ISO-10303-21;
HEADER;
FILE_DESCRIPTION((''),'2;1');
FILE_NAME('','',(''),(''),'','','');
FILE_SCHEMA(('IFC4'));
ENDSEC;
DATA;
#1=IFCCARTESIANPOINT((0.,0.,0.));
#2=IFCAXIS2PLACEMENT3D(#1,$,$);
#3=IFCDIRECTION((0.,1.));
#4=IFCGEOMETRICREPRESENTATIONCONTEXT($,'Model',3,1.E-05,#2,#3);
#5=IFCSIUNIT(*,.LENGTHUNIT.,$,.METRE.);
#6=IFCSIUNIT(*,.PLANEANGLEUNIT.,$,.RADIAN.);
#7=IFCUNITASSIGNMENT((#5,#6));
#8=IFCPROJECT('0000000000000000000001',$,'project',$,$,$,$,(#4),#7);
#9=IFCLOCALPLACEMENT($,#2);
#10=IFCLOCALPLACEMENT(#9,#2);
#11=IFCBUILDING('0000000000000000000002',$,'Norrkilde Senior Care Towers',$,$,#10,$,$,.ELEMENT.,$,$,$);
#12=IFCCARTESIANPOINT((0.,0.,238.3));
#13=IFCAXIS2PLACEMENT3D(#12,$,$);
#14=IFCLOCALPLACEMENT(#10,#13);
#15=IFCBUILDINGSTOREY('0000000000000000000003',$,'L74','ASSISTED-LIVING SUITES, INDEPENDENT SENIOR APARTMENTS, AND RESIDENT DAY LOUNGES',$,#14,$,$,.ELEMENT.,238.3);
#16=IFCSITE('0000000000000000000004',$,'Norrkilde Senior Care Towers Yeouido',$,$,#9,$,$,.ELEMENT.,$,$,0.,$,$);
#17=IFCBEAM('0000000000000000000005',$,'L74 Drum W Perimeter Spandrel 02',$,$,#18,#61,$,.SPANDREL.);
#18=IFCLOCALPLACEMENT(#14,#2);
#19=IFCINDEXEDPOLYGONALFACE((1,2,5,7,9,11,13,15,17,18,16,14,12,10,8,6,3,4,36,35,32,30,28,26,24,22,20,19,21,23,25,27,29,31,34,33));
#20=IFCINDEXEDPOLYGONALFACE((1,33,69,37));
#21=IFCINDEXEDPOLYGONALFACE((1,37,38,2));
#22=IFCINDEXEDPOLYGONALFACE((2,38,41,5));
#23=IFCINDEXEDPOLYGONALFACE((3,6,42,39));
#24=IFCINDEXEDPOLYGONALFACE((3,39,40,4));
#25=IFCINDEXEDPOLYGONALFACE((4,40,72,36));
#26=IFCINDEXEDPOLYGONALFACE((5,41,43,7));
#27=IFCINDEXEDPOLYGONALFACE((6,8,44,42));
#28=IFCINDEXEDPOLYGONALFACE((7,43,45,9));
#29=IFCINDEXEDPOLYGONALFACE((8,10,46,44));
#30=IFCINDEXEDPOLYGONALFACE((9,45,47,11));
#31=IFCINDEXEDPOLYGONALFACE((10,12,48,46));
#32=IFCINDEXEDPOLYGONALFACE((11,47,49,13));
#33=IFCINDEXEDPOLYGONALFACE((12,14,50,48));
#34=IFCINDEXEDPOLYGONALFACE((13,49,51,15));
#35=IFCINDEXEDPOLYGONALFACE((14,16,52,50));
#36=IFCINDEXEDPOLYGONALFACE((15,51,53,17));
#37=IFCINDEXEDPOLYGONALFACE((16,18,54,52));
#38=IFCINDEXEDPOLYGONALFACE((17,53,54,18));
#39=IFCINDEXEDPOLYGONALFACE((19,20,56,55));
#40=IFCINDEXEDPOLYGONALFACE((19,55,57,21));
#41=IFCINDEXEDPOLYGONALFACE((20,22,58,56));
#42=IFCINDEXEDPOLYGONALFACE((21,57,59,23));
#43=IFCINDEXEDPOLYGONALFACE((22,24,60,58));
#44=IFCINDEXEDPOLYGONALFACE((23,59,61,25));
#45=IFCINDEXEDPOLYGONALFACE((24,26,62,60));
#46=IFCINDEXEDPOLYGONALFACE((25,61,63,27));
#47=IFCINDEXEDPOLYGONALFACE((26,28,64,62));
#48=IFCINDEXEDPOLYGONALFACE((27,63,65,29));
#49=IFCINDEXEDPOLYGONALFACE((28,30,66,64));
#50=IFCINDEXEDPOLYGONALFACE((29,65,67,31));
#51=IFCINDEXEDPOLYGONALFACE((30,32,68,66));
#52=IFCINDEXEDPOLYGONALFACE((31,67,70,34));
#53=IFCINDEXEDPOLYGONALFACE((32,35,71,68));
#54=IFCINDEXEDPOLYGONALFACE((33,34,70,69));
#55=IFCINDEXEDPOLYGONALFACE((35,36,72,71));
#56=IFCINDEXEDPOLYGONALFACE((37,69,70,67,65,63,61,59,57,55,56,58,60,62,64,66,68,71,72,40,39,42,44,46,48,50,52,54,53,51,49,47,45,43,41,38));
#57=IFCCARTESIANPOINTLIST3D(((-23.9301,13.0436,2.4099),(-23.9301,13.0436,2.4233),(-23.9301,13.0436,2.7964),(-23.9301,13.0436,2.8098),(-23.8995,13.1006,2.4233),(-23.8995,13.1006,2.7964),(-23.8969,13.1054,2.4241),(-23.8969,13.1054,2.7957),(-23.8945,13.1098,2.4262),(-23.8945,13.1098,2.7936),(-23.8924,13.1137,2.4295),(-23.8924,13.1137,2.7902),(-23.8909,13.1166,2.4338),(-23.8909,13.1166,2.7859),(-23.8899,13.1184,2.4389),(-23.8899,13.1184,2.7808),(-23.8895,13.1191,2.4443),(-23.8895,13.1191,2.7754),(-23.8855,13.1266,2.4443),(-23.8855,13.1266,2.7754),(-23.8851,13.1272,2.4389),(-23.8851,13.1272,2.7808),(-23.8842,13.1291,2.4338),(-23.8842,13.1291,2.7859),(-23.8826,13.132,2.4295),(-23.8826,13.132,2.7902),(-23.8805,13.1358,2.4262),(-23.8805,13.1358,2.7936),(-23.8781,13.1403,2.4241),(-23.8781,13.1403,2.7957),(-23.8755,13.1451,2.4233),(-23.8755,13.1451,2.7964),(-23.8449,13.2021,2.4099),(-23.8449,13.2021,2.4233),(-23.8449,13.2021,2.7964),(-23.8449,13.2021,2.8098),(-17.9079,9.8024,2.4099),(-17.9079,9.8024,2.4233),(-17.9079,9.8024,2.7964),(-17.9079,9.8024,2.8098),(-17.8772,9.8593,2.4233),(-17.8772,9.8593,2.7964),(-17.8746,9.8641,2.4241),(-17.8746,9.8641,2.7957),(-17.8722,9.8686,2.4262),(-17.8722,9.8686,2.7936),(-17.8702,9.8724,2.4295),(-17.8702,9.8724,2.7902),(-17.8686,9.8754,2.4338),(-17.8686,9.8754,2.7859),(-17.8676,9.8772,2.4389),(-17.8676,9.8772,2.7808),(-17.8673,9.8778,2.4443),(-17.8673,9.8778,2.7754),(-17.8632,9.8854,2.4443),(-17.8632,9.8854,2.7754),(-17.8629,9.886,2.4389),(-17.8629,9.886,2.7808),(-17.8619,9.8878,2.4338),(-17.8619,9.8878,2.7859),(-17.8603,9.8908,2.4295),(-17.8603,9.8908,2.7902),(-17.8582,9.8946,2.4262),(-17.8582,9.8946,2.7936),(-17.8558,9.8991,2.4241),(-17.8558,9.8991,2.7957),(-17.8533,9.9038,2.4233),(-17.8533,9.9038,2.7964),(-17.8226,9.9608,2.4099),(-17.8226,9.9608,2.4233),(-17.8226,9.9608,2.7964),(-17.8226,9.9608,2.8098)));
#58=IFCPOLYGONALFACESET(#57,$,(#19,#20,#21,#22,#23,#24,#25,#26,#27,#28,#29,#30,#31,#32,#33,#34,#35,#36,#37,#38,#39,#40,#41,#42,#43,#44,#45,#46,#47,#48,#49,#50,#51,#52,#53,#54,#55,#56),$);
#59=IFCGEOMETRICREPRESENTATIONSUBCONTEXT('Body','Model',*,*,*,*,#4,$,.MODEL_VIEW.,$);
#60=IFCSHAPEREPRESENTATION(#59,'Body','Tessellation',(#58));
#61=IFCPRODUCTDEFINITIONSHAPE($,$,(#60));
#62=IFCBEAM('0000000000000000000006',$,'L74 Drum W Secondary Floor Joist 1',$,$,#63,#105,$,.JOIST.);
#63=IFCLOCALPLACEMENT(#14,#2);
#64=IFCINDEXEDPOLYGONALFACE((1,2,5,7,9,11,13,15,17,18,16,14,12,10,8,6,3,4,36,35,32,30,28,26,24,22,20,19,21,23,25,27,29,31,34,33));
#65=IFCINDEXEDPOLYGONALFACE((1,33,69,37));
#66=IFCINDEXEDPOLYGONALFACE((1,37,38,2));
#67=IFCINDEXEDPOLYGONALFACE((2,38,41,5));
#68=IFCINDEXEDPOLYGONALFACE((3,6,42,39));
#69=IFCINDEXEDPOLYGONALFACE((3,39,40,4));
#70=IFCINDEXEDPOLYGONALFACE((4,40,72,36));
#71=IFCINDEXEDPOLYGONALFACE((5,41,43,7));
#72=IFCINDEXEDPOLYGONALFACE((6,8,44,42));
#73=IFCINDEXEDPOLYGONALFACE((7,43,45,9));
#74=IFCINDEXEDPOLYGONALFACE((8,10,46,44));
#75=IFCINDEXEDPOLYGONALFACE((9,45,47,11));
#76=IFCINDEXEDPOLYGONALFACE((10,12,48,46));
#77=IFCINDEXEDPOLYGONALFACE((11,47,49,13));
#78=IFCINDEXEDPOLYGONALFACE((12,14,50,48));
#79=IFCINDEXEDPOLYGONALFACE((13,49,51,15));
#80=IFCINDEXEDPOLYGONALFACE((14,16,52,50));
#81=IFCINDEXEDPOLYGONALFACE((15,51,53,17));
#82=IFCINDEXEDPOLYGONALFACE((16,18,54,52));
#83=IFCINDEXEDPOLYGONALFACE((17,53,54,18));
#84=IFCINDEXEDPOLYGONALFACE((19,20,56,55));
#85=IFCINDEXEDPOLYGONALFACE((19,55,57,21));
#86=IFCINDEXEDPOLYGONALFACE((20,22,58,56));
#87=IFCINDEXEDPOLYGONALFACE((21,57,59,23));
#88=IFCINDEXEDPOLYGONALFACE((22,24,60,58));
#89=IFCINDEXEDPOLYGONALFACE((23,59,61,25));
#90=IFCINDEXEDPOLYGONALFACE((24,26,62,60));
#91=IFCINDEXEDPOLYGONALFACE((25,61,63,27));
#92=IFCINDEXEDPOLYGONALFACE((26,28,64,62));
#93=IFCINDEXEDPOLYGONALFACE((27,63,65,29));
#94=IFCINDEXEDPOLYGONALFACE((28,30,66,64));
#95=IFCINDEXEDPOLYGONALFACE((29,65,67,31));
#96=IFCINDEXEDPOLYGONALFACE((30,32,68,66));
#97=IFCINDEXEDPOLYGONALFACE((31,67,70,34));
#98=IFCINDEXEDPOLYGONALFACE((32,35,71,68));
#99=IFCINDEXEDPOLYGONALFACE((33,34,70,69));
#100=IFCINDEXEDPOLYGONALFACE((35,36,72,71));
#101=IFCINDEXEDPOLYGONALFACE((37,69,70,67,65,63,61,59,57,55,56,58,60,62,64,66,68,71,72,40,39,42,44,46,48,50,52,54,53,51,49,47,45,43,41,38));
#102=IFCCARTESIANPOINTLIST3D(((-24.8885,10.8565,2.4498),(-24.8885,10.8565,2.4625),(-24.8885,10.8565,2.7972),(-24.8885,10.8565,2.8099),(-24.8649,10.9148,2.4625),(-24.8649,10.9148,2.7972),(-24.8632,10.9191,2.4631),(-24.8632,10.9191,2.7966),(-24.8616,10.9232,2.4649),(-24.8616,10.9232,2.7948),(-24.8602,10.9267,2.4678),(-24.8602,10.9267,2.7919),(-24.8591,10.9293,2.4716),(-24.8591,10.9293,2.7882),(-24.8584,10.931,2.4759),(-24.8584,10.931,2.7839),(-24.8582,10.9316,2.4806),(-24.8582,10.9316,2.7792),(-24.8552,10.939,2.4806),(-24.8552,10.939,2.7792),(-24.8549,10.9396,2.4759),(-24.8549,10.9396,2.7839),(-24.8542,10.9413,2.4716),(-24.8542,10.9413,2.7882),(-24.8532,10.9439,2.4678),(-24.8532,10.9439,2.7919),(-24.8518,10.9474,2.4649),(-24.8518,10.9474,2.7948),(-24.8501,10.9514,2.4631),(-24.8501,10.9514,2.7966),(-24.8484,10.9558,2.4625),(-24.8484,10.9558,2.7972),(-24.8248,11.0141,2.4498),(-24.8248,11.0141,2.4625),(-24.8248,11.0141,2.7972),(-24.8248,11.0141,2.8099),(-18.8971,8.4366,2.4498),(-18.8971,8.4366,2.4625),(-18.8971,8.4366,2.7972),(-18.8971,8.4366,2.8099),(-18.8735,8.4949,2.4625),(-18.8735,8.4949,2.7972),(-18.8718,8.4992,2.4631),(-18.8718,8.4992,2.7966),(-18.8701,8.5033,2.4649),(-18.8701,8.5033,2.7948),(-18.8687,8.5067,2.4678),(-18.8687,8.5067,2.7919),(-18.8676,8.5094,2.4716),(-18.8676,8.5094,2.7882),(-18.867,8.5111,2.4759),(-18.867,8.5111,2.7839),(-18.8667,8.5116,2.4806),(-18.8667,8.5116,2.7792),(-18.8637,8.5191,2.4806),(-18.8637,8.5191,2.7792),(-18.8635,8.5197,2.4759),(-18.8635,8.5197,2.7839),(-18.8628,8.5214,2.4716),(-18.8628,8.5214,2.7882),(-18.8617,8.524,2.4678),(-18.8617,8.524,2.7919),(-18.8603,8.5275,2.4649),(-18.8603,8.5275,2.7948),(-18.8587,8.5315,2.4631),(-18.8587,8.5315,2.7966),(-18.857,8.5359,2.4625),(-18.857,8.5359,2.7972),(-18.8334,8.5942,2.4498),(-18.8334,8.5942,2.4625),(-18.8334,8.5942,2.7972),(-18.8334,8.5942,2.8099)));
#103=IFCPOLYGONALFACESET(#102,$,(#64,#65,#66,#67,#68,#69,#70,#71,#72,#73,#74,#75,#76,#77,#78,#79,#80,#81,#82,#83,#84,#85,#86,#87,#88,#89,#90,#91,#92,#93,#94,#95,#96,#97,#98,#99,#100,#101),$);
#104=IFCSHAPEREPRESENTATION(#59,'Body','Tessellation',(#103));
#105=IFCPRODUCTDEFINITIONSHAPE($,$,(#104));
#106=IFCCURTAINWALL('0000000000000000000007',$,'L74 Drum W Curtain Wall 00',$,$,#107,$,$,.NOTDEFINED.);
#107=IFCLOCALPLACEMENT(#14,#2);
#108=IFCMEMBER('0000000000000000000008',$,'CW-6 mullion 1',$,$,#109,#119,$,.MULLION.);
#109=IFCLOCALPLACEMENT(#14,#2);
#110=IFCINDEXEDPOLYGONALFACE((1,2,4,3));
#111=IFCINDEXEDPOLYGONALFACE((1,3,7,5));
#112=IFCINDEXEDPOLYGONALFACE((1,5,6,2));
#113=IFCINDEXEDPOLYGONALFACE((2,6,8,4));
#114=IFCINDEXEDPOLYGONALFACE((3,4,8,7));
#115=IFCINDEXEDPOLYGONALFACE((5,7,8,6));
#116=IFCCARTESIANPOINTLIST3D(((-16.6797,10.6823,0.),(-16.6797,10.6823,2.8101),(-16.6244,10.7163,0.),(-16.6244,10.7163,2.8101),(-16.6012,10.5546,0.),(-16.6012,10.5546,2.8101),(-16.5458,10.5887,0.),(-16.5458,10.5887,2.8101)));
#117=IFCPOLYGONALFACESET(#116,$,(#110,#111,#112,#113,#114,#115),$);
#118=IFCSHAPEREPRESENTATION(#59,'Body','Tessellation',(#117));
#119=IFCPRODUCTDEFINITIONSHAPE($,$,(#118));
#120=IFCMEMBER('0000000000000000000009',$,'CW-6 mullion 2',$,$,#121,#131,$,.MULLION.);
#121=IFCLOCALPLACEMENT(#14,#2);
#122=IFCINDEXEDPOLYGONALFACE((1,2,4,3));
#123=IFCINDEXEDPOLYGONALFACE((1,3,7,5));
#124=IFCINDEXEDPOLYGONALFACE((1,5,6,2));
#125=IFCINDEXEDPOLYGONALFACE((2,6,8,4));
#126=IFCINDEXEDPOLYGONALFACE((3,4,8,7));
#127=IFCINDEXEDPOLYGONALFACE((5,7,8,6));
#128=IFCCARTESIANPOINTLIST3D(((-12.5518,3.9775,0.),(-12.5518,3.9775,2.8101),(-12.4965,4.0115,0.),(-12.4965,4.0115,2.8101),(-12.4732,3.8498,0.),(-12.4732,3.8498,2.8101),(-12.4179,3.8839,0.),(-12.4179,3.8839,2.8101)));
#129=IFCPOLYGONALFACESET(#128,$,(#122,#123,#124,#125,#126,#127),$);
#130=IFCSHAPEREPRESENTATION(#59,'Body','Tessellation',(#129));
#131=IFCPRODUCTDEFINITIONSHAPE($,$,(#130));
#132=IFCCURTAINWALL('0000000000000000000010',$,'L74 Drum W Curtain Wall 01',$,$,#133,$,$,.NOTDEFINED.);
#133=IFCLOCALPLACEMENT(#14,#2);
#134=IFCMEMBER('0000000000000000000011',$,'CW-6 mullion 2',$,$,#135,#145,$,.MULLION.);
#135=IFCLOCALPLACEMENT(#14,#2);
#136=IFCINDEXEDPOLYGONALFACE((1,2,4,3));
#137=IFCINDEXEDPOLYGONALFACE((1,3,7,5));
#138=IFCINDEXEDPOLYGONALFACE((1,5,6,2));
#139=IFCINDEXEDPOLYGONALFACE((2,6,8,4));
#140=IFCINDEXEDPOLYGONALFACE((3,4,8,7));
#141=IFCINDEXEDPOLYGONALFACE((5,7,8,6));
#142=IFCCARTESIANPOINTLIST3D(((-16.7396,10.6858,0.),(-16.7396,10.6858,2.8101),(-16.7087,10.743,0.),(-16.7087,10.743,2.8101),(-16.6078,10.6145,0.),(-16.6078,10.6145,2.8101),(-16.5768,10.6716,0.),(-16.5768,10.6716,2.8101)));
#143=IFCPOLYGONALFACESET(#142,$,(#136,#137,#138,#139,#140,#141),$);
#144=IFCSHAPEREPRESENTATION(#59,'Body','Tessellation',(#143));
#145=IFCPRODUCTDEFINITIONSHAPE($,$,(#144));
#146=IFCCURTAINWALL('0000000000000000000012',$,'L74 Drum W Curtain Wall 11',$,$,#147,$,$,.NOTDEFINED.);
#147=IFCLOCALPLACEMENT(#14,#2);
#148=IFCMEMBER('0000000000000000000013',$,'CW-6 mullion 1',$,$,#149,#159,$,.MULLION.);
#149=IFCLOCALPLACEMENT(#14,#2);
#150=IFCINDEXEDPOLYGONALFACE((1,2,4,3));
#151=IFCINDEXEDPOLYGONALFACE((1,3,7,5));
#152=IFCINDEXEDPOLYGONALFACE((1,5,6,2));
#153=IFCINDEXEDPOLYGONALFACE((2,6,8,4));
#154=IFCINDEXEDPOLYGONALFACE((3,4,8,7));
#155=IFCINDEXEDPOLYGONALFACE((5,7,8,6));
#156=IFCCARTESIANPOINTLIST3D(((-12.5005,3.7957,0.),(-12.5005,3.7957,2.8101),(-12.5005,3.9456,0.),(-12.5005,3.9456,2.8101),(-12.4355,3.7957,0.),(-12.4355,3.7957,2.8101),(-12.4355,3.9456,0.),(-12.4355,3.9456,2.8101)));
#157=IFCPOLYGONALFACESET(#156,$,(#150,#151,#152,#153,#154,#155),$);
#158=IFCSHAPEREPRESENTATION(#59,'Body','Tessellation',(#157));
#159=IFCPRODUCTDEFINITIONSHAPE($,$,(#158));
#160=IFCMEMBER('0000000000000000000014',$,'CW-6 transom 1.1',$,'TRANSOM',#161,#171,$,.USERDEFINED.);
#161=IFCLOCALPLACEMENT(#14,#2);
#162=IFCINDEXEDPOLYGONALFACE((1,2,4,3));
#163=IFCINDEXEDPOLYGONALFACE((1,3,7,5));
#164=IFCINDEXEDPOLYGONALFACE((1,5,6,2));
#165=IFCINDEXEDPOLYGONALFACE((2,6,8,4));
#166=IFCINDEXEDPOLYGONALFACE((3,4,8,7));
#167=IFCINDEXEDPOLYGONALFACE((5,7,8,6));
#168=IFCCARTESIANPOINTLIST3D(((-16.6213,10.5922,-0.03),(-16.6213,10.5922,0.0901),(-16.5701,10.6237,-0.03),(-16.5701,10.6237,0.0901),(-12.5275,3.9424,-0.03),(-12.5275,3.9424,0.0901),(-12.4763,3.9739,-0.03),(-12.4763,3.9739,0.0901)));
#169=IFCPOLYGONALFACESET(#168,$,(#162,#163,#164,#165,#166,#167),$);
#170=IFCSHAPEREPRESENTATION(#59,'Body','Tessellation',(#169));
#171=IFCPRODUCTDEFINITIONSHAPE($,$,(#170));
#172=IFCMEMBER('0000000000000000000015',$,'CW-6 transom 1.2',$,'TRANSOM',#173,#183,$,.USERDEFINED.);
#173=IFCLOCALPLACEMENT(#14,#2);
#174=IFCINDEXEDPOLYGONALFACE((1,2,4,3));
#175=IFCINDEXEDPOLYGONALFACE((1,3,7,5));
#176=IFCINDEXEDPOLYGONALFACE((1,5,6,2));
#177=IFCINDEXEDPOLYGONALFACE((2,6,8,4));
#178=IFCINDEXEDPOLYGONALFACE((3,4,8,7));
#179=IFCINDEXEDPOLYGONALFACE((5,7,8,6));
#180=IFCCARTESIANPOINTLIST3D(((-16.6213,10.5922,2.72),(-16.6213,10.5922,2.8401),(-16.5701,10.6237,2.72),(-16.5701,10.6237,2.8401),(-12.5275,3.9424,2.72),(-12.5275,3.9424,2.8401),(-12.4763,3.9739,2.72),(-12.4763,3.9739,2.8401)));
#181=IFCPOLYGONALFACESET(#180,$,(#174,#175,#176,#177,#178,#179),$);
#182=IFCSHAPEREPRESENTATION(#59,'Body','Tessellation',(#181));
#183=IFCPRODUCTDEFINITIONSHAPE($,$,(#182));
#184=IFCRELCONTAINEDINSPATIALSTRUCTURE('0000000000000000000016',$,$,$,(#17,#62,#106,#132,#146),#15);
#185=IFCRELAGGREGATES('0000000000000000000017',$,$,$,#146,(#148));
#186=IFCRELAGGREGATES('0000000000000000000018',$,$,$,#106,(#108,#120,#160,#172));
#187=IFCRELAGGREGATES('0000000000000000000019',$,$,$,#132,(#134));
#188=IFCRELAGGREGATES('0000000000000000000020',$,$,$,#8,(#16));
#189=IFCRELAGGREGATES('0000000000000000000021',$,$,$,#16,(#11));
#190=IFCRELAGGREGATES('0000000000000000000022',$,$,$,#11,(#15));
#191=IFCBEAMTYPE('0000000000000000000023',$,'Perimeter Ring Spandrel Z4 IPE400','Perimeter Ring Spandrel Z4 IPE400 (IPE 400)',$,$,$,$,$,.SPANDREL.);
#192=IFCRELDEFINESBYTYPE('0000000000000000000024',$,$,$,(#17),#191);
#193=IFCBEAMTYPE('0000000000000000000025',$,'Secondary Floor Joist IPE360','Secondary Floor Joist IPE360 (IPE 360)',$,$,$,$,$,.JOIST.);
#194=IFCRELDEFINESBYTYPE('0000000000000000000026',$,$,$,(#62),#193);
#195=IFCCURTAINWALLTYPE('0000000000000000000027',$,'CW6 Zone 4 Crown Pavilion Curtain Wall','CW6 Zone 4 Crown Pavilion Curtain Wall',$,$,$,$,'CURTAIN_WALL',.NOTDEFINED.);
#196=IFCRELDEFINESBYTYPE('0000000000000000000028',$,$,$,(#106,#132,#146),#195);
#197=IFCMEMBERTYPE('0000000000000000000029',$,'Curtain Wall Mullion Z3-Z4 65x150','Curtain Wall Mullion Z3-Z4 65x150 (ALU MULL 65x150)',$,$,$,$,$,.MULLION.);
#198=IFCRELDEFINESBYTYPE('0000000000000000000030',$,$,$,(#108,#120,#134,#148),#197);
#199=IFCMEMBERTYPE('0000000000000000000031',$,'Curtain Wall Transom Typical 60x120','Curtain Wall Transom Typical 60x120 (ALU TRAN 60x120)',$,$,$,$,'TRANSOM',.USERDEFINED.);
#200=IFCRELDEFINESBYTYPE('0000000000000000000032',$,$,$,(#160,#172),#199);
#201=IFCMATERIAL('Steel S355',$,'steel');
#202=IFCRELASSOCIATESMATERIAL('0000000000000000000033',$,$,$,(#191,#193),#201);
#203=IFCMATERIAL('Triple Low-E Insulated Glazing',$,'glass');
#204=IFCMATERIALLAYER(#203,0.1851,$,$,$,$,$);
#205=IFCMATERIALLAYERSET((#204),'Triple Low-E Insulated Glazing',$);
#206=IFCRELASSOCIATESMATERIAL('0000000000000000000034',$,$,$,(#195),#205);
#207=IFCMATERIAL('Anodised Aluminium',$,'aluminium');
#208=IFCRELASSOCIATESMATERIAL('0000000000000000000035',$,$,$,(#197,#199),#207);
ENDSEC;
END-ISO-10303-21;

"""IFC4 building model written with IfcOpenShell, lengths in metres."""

from ifc_helpers import new_model, si_unit, direction, frame, origin, origin_2d, place, context, subcontext, project, spatial, rectangle, i_section, extrude, source, transform, mapped, material, layer, layer_set, material_profile, profile_set, type_object, type_shapes, element, aggregate, save


model = new_model("IFC4")

# Units and contexts
model_context = context("Model", 3, precision=1e-05, world=origin(), true_north=direction((0.0, 1.0)))
body_context = subcontext(model_context, "Body", "Model", "MODEL_VIEW")
ifc_project = project(units=[si_unit("LENGTHUNIT", "METRE"), si_unit("PLANEANGLEUNIT", "RADIAN")], contexts=[model_context])

# Site, building, storey
site_placement = place(None, origin())
site = spatial("IfcSite", under=ifc_project, at=site_placement, Name="Norrkilde Senior Care Towers Yeouido", CompositionType="ELEMENT", RefElevation=0.0)
building_placement = place(site_placement, origin())
building = spatial("IfcBuilding", under=site, at=building_placement, Name="Norrkilde Senior Care Towers", CompositionType="ELEMENT")
storey_placement = place(building_placement, frame((0.0, 0.0, 238.3)))
storey = spatial("IfcBuildingStorey", under=building, at=storey_placement, Name="L74", Description="ASSISTED-LIVING SUITES, INDEPENDENT SENIOR APARTMENTS, AND RESIDENT DAY LOUNGES", CompositionType="ELEMENT", Elevation=238.3)

# Beams
ifc_material_1 = material(Name="Steel S355", Category="steel")
ifc_material_profile_1 = material_profile(ifc_material_1, i_section(OverallWidth=0.1799, OverallDepth=0.3999, WebThickness=0.0085, FlangeThickness=0.0134, FilletRadius=0.021, at=origin_2d()), Name="IPE 400")
ifc_profile_set_1 = profile_set([ifc_material_profile_1], Name="Steel S355")
beam_type_1 = type_object("IfcBeamType", Name="Perimeter Ring Spandrel Z4 IPE400", Description="Perimeter Ring Spandrel Z4 IPE400 (IPE 400)", PredefinedType="SPANDREL", material=ifc_profile_set_1)
shared_shape_1 = source(origin(), body_context, "Body", "SweptSolid", [
    extrude(i_section(OverallWidth=0.1799, OverallDepth=0.3999, WebThickness=0.0085, FlangeThickness=0.0134, FilletRadius=0.021, at=origin_2d()), origin(), (0.0, 0.0, 1.0), 6.8391),
])
beam_1_placement = place(storey_placement, frame((-17.8652, 9.8816, 2.6099), z_axis=(-0.880564, 0.473927, 0.0), x_axis=(-0.473927, -0.880564, 0.0)))
element("IfcBeam", 1, at=beam_1_placement, inside=storey, type_object=beam_type_1, Name="L74 Drum W Perimeter Spandrel 02", PredefinedType="SPANDREL", context=body_context, shape_type="MappedRepresentation", body=[
    mapped(shared_shape_1, transform((0.0, 0.0, 0.0), x_axis=(1.0, 0.0, 0.0), y_axis=(0.0, 1.0, 0.0), z_axis=(0.0, 0.0, 1.0), scale=1.0)),
])
ifc_material_profile_2 = material_profile(ifc_material_1, i_section(OverallWidth=0.1699, OverallDepth=0.3601, WebThickness=0.0081, FlangeThickness=0.0127, FilletRadius=0.0181, at=origin_2d()), Name="IPE 360")
ifc_profile_set_2 = profile_set([ifc_material_profile_2], Name="Steel S355")
beam_type_2 = type_object("IfcBeamType", Name="Secondary Floor Joist IPE360", Description="Secondary Floor Joist IPE360 (IPE 360)", PredefinedType="JOIST", material=ifc_profile_set_2)
shared_shape_2 = source(origin(), body_context, "Body", "SweptSolid", [
    extrude(i_section(OverallWidth=0.1699, OverallDepth=0.3601, WebThickness=0.0081, FlangeThickness=0.0127, FilletRadius=0.0181, at=origin_2d()), origin(), (0.0, 0.0, 1.0), 6.4617),
])
type_shapes(beam_type_2, [shared_shape_2])
beam_2_placement = place(storey_placement, frame((-18.8652, 8.5154, 2.6299), z_axis=(-0.927226, 0.374502, 0.0), x_axis=(-0.374502, -0.927226, 0.0)))
element("IfcBeam", 2, at=beam_2_placement, inside=storey, type_object=beam_type_2, Name="L74 Drum W Secondary Floor Joist 1", PredefinedType="JOIST", context=body_context, shape_type="MappedRepresentation", body=[
    mapped(shared_shape_2, transform((0.0, 0.0, 0.0), x_axis=(1.0, 0.0, 0.0), y_axis=(0.0, 1.0, 0.0), z_axis=(0.0, 0.0, 1.0), scale=1.0)),
])

# Curtain wall, members
ifc_material_2 = material(Name="Triple Low-E Insulated Glazing", Category="glass")
ifc_layer_1 = layer(ifc_material_2, 0.1851)
ifc_layer_set_1 = layer_set([ifc_layer_1], Name="Triple Low-E Insulated Glazing")
curtain_wall_type = type_object("IfcCurtainWallType", Name="CW6 Zone 4 Crown Pavilion Curtain Wall", Description="CW6 Zone 4 Crown Pavilion Curtain Wall", ElementType="CURTAIN_WALL", PredefinedType="NOTDEFINED", material=ifc_layer_set_1)
curtain_wall_1_placement = place(storey_placement, origin())
curtain_wall_1 = element("IfcCurtainWall", 3, at=curtain_wall_1_placement, inside=storey, type_object=curtain_wall_type, Name="L74 Drum W Curtain Wall 00", PredefinedType="NOTDEFINED")
ifc_material_3 = material(Name="Anodised Aluminium", Category="aluminium")
ifc_material_profile_3 = material_profile(ifc_material_3, rectangle(XDim=0.0649, YDim=0.1499, at=origin_2d()), Name="ALU MULL 65x150")
ifc_profile_set_3 = profile_set([ifc_material_profile_3], Name="Anodised Aluminium")
member_type_1 = type_object("IfcMemberType", Name="Curtain Wall Mullion Z3-Z4 65x150", Description="Curtain Wall Mullion Z3-Z4 65x150 (ALU MULL 65x150)", PredefinedType="MULLION", material=ifc_profile_set_3)
shared_shape_3 = source(origin(), body_context, "Body", "SweptSolid", [
    extrude(rectangle(XDim=0.0649, YDim=0.1499, at=origin_2d()), origin(), (0.0, 0.0, 1.0), 2.8101),
])
type_shapes(member_type_1, [shared_shape_3])
member_1_placement = place(storey_placement, frame((-16.6128, 10.6355, 0.0), z_axis=(0.0, 0.0, 1.0), x_axis=(0.851563, 0.524253, 0.0)))
member_1 = element("IfcMember", 4, at=member_1_placement, type_object=member_type_1, Name="CW-6 mullion 1", PredefinedType="MULLION", context=body_context, shape_type="MappedRepresentation", body=[
    mapped(shared_shape_3, transform((0.0, 0.0, 0.0), x_axis=(1.0, 0.0, 0.0), y_axis=(0.0, 1.0, 0.0), z_axis=(0.0, 0.0, 1.0), scale=1.0)),
])
member_2_placement = place(storey_placement, frame((-12.4849, 3.9307, 0.0), z_axis=(0.0, 0.0, 1.0), x_axis=(0.851563, 0.524253, 0.0)))
member_2 = element("IfcMember", 5, at=member_2_placement, type_object=member_type_1, Name="CW-6 mullion 2", PredefinedType="MULLION", context=body_context, shape_type="MappedRepresentation", body=[
    mapped(shared_shape_3, transform((0.0, 0.0, 0.0), x_axis=(1.0, 0.0, 0.0), y_axis=(0.0, 1.0, 0.0), z_axis=(0.0, 0.0, 1.0), scale=1.0)),
])

# Curtain walls, members
curtain_wall_2_placement = place(storey_placement, origin())
curtain_wall_2 = element("IfcCurtainWall", 6, at=curtain_wall_2_placement, inside=storey, type_object=curtain_wall_type, Name="L74 Drum W Curtain Wall 01", PredefinedType="NOTDEFINED")
member_3_placement = place(storey_placement, frame((-16.6582, 10.6787, 0.0), z_axis=(0.0, 0.0, 1.0), x_axis=(0.476133, 0.879373, 0.0)))
member_3 = element("IfcMember", 7, at=member_3_placement, type_object=member_type_1, Name="CW-6 mullion 2", PredefinedType="MULLION", context=body_context, shape_type="MappedRepresentation", body=[
    mapped(shared_shape_3, transform((0.0, 0.0, 0.0), x_axis=(1.0, 0.0, 0.0), y_axis=(0.0, 1.0, 0.0), z_axis=(0.0, 0.0, 1.0), scale=1.0)),
])
curtain_wall_3_placement = place(storey_placement, origin())
curtain_wall_3 = element("IfcCurtainWall", 8, at=curtain_wall_3_placement, inside=storey, type_object=curtain_wall_type, Name="L74 Drum W Curtain Wall 11", PredefinedType="NOTDEFINED")
member_4_placement = place(storey_placement, frame((-12.468, 3.8706, 0.0), z_axis=(0.0, 0.0, 1.0), x_axis=(1.0, 0.0, 0.0)))
member_4 = element("IfcMember", 9, at=member_4_placement, type_object=member_type_1, Name="CW-6 mullion 1", PredefinedType="MULLION", context=body_context, shape_type="MappedRepresentation", body=[
    mapped(shared_shape_3, transform((0.0, 0.0, 0.0), x_axis=(1.0, 0.0, 0.0), y_axis=(0.0, 1.0, 0.0), z_axis=(0.0, 0.0, 1.0), scale=1.0)),
])

# Members
ifc_material_profile_4 = material_profile(ifc_material_3, rectangle(XDim=0.0601, YDim=0.1201, at=origin_2d()), Name="ALU TRAN 60x120")
ifc_profile_set_4 = profile_set([ifc_material_profile_4], Name="Anodised Aluminium")
member_type_2 = type_object("IfcMemberType", Name="Curtain Wall Transom Typical 60x120", Description="Curtain Wall Transom Typical 60x120 (ALU TRAN 60x120)", ElementType="TRANSOM", PredefinedType="USERDEFINED", material=ifc_profile_set_4)
shared_shape_4 = source(origin(), body_context, "Body", "SweptSolid", [
    extrude(rectangle(XDim=0.0601, YDim=0.1201, at=origin_2d()), origin(), (0.0, 0.0, 1.0), 7.8088),
])
member_5_placement = place(storey_placement, frame((-16.5957, 10.6079, 0.03), z_axis=(0.524251, -0.851564, 0.0), x_axis=(0.851564, 0.524251, 0.0)))
member_5 = element("IfcMember", 10, at=member_5_placement, type_object=member_type_2, Name="CW-6 transom 1.1", ObjectType="TRANSOM", PredefinedType="USERDEFINED", context=body_context, shape_type="MappedRepresentation", body=[
    mapped(shared_shape_4, transform((0.0, 0.0, 0.0), x_axis=(1.0, 0.0, 0.0), y_axis=(0.0, 1.0, 0.0), z_axis=(0.0, 0.0, 1.0), scale=1.0)),
])
member_6_placement = place(storey_placement, frame((-16.5957, 10.6079, 2.78), z_axis=(0.524251, -0.851564, 0.0), x_axis=(0.851564, 0.524251, 0.0)))
member_6 = element("IfcMember", 11, at=member_6_placement, type_object=member_type_2, Name="CW-6 transom 1.2", ObjectType="TRANSOM", PredefinedType="USERDEFINED", context=body_context, shape_type="MappedRepresentation", body=[
    mapped(shared_shape_4, transform((0.0, 0.0, 0.0), x_axis=(1.0, 0.0, 0.0), y_axis=(0.0, 1.0, 0.0), z_axis=(0.0, 0.0, 1.0), scale=1.0)),
])
aggregate(curtain_wall_3, [member_4])

aggregate(curtain_wall_1, [member_1, member_2, member_5, member_6])
aggregate(curtain_wall_2, [member_3])

save(model, "model.ifc")
